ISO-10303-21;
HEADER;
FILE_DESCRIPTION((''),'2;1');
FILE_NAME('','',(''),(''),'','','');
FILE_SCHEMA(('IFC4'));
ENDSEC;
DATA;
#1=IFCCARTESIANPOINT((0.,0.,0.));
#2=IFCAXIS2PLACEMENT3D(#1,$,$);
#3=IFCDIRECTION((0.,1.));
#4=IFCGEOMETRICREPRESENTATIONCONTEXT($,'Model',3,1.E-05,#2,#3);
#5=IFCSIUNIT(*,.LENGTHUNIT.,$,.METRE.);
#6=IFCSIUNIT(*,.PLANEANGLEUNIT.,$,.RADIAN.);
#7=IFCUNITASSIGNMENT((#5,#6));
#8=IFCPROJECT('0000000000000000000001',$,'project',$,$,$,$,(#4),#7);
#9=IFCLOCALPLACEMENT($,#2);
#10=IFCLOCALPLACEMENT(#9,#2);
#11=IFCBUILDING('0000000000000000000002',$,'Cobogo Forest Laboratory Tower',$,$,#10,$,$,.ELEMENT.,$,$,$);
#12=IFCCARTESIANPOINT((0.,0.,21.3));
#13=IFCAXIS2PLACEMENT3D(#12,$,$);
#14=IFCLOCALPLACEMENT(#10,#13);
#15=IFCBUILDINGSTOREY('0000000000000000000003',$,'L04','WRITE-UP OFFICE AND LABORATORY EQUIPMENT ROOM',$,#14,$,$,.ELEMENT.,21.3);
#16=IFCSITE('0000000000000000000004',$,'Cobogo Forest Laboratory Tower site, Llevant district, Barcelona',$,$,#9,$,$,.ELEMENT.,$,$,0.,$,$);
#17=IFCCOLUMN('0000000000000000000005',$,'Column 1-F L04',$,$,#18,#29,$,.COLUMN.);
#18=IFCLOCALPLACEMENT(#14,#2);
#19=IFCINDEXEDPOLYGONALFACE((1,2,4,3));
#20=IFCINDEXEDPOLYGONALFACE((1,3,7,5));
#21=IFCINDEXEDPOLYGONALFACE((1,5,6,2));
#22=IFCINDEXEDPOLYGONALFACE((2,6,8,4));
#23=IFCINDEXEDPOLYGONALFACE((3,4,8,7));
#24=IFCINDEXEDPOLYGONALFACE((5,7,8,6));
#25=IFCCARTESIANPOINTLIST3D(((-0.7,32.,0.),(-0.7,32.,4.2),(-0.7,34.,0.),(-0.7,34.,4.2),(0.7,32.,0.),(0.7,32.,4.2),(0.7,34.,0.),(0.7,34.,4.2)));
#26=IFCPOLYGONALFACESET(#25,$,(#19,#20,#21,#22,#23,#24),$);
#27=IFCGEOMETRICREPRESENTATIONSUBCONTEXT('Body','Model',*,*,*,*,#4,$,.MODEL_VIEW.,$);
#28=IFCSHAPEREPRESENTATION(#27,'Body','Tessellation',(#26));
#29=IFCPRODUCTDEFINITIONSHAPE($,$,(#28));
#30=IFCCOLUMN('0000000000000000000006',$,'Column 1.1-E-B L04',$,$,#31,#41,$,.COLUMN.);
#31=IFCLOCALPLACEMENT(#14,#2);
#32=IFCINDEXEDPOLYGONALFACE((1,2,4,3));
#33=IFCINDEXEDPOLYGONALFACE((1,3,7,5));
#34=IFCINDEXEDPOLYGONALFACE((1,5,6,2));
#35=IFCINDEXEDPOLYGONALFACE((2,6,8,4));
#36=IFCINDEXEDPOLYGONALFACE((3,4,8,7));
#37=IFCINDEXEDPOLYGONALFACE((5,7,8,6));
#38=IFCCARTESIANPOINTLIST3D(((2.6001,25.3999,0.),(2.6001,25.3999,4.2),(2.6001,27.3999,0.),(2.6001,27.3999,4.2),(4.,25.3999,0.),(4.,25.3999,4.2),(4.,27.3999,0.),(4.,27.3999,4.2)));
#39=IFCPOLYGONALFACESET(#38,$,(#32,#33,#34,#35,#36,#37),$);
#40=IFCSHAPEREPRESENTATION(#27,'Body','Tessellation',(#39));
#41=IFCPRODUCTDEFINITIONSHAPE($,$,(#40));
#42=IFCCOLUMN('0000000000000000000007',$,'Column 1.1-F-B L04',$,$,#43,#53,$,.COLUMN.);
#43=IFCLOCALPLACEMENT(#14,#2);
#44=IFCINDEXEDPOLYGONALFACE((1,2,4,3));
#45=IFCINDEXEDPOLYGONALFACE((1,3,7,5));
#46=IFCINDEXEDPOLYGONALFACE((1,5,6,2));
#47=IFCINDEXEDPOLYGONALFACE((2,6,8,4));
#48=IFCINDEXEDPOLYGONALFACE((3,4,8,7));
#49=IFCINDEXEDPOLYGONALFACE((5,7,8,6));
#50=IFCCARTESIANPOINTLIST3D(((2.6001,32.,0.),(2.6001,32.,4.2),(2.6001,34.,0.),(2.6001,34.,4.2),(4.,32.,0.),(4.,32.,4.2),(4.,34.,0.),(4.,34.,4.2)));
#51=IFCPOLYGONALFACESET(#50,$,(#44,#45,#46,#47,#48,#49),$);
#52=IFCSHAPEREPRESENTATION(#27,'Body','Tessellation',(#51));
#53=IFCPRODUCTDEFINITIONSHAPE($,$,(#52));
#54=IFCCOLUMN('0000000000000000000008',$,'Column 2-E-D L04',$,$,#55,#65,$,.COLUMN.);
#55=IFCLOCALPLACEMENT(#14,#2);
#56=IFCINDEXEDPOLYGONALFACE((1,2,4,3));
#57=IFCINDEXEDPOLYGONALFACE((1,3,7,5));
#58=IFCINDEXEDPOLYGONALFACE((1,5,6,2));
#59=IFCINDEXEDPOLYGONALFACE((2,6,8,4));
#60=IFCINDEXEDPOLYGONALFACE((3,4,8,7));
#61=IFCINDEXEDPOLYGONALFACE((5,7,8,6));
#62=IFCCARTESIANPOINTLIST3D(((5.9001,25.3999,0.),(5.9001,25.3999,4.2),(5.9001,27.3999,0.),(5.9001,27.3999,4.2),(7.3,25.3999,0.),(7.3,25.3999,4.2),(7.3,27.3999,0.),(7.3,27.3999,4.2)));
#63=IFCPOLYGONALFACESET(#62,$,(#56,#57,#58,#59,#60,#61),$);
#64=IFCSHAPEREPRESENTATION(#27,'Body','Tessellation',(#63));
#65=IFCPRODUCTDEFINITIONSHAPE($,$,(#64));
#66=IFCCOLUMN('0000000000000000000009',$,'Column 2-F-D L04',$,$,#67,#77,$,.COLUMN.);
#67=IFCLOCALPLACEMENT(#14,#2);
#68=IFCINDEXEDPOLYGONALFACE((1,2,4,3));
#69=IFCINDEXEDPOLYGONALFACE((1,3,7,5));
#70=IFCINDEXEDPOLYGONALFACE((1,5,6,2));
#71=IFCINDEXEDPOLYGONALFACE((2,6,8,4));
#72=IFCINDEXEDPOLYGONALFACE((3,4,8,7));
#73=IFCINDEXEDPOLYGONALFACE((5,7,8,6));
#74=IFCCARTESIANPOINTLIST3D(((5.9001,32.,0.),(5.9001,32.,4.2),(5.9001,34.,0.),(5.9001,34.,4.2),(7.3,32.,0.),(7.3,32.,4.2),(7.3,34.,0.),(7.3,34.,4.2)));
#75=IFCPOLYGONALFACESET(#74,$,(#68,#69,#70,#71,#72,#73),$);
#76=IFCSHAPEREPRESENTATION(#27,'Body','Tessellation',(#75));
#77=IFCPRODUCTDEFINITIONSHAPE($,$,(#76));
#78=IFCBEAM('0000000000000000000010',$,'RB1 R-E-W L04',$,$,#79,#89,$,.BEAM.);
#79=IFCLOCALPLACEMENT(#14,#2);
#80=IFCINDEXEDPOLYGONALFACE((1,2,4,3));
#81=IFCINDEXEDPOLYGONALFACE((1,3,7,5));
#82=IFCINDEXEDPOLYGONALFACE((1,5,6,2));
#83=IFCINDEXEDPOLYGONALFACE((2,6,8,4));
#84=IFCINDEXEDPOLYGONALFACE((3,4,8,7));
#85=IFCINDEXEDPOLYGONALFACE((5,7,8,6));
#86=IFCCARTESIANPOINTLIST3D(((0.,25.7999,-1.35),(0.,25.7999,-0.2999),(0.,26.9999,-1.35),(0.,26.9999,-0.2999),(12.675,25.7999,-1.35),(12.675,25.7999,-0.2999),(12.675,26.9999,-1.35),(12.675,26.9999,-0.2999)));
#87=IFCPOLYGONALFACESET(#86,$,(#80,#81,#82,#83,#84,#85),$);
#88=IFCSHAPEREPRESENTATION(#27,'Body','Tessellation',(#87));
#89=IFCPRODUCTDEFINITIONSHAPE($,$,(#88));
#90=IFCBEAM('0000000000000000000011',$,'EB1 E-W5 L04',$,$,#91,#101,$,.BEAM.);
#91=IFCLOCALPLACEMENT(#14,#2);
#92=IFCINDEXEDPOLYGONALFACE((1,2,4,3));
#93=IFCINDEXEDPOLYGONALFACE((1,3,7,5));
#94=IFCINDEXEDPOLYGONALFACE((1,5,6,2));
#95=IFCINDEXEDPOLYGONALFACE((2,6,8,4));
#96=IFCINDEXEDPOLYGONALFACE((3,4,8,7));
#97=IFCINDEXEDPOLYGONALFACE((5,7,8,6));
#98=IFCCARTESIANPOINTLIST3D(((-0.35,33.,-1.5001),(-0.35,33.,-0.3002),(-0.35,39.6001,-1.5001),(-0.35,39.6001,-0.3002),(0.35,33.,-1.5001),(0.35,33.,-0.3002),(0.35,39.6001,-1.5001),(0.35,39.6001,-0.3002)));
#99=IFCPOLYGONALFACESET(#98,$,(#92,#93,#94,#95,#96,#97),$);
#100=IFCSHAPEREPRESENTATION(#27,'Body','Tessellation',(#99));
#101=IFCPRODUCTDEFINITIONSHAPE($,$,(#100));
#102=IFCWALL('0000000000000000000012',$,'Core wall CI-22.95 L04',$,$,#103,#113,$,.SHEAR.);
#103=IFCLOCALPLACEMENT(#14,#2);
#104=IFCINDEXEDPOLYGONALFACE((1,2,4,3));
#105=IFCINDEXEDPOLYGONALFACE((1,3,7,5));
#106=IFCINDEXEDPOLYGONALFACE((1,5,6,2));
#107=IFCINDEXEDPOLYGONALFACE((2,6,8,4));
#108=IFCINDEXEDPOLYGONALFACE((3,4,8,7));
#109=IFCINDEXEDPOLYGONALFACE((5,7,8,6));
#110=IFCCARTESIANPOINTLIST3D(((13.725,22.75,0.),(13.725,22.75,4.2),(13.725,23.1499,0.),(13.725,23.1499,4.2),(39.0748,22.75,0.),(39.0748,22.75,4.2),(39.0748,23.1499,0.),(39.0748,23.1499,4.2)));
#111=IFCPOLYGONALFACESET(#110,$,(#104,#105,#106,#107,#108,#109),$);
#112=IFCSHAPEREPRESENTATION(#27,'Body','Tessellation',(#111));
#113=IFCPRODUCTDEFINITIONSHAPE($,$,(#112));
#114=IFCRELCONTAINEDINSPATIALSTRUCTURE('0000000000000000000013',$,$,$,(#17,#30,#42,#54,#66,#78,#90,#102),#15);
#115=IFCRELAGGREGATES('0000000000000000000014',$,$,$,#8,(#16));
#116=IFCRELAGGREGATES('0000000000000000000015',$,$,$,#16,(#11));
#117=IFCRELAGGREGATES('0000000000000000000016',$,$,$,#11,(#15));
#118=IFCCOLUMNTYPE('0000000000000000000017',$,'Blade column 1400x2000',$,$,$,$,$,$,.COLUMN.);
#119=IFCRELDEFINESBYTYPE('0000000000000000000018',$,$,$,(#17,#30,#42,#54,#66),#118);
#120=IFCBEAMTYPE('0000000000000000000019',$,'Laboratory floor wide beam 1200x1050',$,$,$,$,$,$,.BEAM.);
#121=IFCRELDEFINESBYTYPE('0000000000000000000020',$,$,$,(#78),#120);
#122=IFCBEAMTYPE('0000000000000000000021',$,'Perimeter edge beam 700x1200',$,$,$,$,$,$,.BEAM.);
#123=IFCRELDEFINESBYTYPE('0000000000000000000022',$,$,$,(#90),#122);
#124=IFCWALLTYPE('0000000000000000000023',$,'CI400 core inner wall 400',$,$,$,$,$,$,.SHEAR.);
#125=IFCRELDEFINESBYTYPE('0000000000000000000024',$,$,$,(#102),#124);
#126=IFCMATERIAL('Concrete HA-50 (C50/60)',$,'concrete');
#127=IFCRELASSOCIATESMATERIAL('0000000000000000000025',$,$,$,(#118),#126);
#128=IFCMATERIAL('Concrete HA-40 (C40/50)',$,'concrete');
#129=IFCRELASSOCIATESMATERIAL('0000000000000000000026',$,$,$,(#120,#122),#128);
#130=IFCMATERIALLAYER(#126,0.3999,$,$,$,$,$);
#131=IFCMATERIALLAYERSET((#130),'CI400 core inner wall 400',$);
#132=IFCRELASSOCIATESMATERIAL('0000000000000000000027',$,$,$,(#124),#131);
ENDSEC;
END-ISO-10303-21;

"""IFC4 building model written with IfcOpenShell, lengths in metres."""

from ifc_helpers import new_model, si_unit, direction, frame, frame_2d, origin, origin_2d, place, context, subcontext, project, spatial, rectangle, extrude, material, layer, layer_set, material_profile, profile_set, type_object, element, save


model = new_model("IFC4")

# Units and contexts
model_context = context("Model", 3, precision=1e-05, world=origin(), true_north=direction((0.0, 1.0)))
body_context = subcontext(model_context, "Body", "Model", "MODEL_VIEW")
ifc_project = project(units=[si_unit("LENGTHUNIT", "METRE"), si_unit("PLANEANGLEUNIT", "RADIAN")], contexts=[model_context])

# Site, building, storey
site_placement = place(None, origin())
site = spatial("IfcSite", under=ifc_project, at=site_placement, Name="Cobogo Forest Laboratory Tower site, Llevant district, Barcelona", CompositionType="ELEMENT", RefElevation=0.0)
building_placement = place(site_placement, origin())
building = spatial("IfcBuilding", under=site, at=building_placement, Name="Cobogo Forest Laboratory Tower", CompositionType="ELEMENT")
storey_placement = place(building_placement, frame((0.0, 0.0, 21.3)))
storey = spatial("IfcBuildingStorey", under=building, at=storey_placement, Name="L04", Description="WRITE-UP OFFICE AND LABORATORY EQUIPMENT ROOM", CompositionType="ELEMENT", Elevation=21.3)

# Columns
ifc_material_1 = material(Name="Concrete HA-50 (C50/60)", Category="concrete")
ifc_material_profile_1 = material_profile(ifc_material_1, rectangle(XDim=2.0, YDim=1.3999, at=origin_2d()), Name="RC 1400x2000")
ifc_profile_set_1 = profile_set([ifc_material_profile_1], Name="Concrete HA-50 (C50/60)")
column_type = type_object("IfcColumnType", Name="Blade column 1400x2000", PredefinedType="COLUMN", material=ifc_profile_set_1)
for number, where, z_axis, x_axis, name in (
    (1, (0.0, 33.0, 0.0), (0.0, 0.0, 1.0), (0.0, 1.0, 0.0), "Column 1-F L04"),
    (2, (3.3, 26.3999, 0.0), (0.0, 0.0, 1.0), (0.0, 1.0, 0.0), "Column 1.1-E-B L04"),
    (3, (3.3, 33.0, 0.0), (0.0, 0.0, 1.0), (0.0, 1.0, 0.0), "Column 1.1-F-B L04"),
    (4, (6.6001, 26.3999, 0.0), (0.0, 0.0, 1.0), (0.0, 1.0, 0.0), "Column 2-E-D L04"),
    (5, (6.6001, 33.0, 0.0), (0.0, 0.0, 1.0), (0.0, 1.0, 0.0), "Column 2-F-D L04"),
):
    element("IfcColumn", number, at=place(storey_placement, frame(where, z_axis=z_axis, x_axis=x_axis)), inside=storey, type_object=column_type, Name=name, PredefinedType="COLUMN", context=body_context, shape_type="SweptSolid", body=[
        extrude(rectangle(XDim=2.0, YDim=1.3999, at=origin_2d()), origin(), (0.0, 0.0, 1.0), 4.2),
    ])

# Beams
ifc_material_2 = material(Name="Concrete HA-40 (C40/50)", Category="concrete")
ifc_material_profile_2 = material_profile(ifc_material_2, rectangle(XDim=1.2, YDim=1.05, at=origin_2d()), Name="RC 1200x1050")
ifc_profile_set_2 = profile_set([ifc_material_profile_2], Name="Concrete HA-40 (C40/50)")
beam_type_1 = type_object("IfcBeamType", Name="Laboratory floor wide beam 1200x1050", PredefinedType="BEAM", material=ifc_profile_set_2)
beam_1_placement = place(storey_placement, frame((12.675, 26.3999, -0.825), z_axis=(-1.0, 0.0, 0.0), x_axis=(0.0, -1.0, 0.0)))
element("IfcBeam", 6, at=beam_1_placement, inside=storey, type_object=beam_type_1, Name="RB1 R-E-W L04", PredefinedType="BEAM", context=body_context, shape_type="SweptSolid", body=[
    extrude(rectangle(XDim=1.2, YDim=1.05, at=origin_2d()), origin(), (0.0, 0.0, 1.0), 12.675),
])
ifc_material_profile_3 = material_profile(ifc_material_2, rectangle(XDim=0.7, YDim=1.2, at=origin_2d()), Name="RC 700x1200")
ifc_profile_set_3 = profile_set([ifc_material_profile_3], Name="Concrete HA-40 (C40/50)")
beam_type_2 = type_object("IfcBeamType", Name="Perimeter edge beam 700x1200", PredefinedType="BEAM", material=ifc_profile_set_3)
beam_2_placement = place(storey_placement, frame((0.0, 33.0, -0.9001), z_axis=(0.0, 1.0, 0.0), x_axis=(-1.0, 0.0, 0.0)))
element("IfcBeam", 7, at=beam_2_placement, inside=storey, type_object=beam_type_2, Name="EB1 E-W5 L04", PredefinedType="BEAM", context=body_context, shape_type="SweptSolid", body=[
    extrude(rectangle(XDim=0.7, YDim=1.2, at=origin_2d()), origin(), (0.0, 0.0, 1.0), 6.6001),
])

# Wall
ifc_layer_1 = layer(ifc_material_1, 0.3999)
ifc_layer_set_1 = layer_set([ifc_layer_1], Name="CI400 core inner wall 400")
wall_type_1 = type_object("IfcWallType", Name="CI400 core inner wall 400", PredefinedType="SHEAR", material=ifc_layer_set_1)
wall_1_placement = place(storey_placement, frame((13.7251, 22.95, 0.0), z_axis=(0.0, 0.0, 1.0), x_axis=(1.0, 0.0, 0.0)))
element("IfcWall", 8, at=wall_1_placement, inside=storey, type_object=wall_type_1, Name="Core wall CI-22.95 L04", PredefinedType="SHEAR", context=body_context, shape_type="SweptSolid", body=[
    extrude(rectangle(XDim=25.3499, YDim=0.3999, at=frame_2d((12.6748, 0.0))), origin(), (0.0, 0.0, 1.0), 4.2),
])

save(model, "model.ifc")
